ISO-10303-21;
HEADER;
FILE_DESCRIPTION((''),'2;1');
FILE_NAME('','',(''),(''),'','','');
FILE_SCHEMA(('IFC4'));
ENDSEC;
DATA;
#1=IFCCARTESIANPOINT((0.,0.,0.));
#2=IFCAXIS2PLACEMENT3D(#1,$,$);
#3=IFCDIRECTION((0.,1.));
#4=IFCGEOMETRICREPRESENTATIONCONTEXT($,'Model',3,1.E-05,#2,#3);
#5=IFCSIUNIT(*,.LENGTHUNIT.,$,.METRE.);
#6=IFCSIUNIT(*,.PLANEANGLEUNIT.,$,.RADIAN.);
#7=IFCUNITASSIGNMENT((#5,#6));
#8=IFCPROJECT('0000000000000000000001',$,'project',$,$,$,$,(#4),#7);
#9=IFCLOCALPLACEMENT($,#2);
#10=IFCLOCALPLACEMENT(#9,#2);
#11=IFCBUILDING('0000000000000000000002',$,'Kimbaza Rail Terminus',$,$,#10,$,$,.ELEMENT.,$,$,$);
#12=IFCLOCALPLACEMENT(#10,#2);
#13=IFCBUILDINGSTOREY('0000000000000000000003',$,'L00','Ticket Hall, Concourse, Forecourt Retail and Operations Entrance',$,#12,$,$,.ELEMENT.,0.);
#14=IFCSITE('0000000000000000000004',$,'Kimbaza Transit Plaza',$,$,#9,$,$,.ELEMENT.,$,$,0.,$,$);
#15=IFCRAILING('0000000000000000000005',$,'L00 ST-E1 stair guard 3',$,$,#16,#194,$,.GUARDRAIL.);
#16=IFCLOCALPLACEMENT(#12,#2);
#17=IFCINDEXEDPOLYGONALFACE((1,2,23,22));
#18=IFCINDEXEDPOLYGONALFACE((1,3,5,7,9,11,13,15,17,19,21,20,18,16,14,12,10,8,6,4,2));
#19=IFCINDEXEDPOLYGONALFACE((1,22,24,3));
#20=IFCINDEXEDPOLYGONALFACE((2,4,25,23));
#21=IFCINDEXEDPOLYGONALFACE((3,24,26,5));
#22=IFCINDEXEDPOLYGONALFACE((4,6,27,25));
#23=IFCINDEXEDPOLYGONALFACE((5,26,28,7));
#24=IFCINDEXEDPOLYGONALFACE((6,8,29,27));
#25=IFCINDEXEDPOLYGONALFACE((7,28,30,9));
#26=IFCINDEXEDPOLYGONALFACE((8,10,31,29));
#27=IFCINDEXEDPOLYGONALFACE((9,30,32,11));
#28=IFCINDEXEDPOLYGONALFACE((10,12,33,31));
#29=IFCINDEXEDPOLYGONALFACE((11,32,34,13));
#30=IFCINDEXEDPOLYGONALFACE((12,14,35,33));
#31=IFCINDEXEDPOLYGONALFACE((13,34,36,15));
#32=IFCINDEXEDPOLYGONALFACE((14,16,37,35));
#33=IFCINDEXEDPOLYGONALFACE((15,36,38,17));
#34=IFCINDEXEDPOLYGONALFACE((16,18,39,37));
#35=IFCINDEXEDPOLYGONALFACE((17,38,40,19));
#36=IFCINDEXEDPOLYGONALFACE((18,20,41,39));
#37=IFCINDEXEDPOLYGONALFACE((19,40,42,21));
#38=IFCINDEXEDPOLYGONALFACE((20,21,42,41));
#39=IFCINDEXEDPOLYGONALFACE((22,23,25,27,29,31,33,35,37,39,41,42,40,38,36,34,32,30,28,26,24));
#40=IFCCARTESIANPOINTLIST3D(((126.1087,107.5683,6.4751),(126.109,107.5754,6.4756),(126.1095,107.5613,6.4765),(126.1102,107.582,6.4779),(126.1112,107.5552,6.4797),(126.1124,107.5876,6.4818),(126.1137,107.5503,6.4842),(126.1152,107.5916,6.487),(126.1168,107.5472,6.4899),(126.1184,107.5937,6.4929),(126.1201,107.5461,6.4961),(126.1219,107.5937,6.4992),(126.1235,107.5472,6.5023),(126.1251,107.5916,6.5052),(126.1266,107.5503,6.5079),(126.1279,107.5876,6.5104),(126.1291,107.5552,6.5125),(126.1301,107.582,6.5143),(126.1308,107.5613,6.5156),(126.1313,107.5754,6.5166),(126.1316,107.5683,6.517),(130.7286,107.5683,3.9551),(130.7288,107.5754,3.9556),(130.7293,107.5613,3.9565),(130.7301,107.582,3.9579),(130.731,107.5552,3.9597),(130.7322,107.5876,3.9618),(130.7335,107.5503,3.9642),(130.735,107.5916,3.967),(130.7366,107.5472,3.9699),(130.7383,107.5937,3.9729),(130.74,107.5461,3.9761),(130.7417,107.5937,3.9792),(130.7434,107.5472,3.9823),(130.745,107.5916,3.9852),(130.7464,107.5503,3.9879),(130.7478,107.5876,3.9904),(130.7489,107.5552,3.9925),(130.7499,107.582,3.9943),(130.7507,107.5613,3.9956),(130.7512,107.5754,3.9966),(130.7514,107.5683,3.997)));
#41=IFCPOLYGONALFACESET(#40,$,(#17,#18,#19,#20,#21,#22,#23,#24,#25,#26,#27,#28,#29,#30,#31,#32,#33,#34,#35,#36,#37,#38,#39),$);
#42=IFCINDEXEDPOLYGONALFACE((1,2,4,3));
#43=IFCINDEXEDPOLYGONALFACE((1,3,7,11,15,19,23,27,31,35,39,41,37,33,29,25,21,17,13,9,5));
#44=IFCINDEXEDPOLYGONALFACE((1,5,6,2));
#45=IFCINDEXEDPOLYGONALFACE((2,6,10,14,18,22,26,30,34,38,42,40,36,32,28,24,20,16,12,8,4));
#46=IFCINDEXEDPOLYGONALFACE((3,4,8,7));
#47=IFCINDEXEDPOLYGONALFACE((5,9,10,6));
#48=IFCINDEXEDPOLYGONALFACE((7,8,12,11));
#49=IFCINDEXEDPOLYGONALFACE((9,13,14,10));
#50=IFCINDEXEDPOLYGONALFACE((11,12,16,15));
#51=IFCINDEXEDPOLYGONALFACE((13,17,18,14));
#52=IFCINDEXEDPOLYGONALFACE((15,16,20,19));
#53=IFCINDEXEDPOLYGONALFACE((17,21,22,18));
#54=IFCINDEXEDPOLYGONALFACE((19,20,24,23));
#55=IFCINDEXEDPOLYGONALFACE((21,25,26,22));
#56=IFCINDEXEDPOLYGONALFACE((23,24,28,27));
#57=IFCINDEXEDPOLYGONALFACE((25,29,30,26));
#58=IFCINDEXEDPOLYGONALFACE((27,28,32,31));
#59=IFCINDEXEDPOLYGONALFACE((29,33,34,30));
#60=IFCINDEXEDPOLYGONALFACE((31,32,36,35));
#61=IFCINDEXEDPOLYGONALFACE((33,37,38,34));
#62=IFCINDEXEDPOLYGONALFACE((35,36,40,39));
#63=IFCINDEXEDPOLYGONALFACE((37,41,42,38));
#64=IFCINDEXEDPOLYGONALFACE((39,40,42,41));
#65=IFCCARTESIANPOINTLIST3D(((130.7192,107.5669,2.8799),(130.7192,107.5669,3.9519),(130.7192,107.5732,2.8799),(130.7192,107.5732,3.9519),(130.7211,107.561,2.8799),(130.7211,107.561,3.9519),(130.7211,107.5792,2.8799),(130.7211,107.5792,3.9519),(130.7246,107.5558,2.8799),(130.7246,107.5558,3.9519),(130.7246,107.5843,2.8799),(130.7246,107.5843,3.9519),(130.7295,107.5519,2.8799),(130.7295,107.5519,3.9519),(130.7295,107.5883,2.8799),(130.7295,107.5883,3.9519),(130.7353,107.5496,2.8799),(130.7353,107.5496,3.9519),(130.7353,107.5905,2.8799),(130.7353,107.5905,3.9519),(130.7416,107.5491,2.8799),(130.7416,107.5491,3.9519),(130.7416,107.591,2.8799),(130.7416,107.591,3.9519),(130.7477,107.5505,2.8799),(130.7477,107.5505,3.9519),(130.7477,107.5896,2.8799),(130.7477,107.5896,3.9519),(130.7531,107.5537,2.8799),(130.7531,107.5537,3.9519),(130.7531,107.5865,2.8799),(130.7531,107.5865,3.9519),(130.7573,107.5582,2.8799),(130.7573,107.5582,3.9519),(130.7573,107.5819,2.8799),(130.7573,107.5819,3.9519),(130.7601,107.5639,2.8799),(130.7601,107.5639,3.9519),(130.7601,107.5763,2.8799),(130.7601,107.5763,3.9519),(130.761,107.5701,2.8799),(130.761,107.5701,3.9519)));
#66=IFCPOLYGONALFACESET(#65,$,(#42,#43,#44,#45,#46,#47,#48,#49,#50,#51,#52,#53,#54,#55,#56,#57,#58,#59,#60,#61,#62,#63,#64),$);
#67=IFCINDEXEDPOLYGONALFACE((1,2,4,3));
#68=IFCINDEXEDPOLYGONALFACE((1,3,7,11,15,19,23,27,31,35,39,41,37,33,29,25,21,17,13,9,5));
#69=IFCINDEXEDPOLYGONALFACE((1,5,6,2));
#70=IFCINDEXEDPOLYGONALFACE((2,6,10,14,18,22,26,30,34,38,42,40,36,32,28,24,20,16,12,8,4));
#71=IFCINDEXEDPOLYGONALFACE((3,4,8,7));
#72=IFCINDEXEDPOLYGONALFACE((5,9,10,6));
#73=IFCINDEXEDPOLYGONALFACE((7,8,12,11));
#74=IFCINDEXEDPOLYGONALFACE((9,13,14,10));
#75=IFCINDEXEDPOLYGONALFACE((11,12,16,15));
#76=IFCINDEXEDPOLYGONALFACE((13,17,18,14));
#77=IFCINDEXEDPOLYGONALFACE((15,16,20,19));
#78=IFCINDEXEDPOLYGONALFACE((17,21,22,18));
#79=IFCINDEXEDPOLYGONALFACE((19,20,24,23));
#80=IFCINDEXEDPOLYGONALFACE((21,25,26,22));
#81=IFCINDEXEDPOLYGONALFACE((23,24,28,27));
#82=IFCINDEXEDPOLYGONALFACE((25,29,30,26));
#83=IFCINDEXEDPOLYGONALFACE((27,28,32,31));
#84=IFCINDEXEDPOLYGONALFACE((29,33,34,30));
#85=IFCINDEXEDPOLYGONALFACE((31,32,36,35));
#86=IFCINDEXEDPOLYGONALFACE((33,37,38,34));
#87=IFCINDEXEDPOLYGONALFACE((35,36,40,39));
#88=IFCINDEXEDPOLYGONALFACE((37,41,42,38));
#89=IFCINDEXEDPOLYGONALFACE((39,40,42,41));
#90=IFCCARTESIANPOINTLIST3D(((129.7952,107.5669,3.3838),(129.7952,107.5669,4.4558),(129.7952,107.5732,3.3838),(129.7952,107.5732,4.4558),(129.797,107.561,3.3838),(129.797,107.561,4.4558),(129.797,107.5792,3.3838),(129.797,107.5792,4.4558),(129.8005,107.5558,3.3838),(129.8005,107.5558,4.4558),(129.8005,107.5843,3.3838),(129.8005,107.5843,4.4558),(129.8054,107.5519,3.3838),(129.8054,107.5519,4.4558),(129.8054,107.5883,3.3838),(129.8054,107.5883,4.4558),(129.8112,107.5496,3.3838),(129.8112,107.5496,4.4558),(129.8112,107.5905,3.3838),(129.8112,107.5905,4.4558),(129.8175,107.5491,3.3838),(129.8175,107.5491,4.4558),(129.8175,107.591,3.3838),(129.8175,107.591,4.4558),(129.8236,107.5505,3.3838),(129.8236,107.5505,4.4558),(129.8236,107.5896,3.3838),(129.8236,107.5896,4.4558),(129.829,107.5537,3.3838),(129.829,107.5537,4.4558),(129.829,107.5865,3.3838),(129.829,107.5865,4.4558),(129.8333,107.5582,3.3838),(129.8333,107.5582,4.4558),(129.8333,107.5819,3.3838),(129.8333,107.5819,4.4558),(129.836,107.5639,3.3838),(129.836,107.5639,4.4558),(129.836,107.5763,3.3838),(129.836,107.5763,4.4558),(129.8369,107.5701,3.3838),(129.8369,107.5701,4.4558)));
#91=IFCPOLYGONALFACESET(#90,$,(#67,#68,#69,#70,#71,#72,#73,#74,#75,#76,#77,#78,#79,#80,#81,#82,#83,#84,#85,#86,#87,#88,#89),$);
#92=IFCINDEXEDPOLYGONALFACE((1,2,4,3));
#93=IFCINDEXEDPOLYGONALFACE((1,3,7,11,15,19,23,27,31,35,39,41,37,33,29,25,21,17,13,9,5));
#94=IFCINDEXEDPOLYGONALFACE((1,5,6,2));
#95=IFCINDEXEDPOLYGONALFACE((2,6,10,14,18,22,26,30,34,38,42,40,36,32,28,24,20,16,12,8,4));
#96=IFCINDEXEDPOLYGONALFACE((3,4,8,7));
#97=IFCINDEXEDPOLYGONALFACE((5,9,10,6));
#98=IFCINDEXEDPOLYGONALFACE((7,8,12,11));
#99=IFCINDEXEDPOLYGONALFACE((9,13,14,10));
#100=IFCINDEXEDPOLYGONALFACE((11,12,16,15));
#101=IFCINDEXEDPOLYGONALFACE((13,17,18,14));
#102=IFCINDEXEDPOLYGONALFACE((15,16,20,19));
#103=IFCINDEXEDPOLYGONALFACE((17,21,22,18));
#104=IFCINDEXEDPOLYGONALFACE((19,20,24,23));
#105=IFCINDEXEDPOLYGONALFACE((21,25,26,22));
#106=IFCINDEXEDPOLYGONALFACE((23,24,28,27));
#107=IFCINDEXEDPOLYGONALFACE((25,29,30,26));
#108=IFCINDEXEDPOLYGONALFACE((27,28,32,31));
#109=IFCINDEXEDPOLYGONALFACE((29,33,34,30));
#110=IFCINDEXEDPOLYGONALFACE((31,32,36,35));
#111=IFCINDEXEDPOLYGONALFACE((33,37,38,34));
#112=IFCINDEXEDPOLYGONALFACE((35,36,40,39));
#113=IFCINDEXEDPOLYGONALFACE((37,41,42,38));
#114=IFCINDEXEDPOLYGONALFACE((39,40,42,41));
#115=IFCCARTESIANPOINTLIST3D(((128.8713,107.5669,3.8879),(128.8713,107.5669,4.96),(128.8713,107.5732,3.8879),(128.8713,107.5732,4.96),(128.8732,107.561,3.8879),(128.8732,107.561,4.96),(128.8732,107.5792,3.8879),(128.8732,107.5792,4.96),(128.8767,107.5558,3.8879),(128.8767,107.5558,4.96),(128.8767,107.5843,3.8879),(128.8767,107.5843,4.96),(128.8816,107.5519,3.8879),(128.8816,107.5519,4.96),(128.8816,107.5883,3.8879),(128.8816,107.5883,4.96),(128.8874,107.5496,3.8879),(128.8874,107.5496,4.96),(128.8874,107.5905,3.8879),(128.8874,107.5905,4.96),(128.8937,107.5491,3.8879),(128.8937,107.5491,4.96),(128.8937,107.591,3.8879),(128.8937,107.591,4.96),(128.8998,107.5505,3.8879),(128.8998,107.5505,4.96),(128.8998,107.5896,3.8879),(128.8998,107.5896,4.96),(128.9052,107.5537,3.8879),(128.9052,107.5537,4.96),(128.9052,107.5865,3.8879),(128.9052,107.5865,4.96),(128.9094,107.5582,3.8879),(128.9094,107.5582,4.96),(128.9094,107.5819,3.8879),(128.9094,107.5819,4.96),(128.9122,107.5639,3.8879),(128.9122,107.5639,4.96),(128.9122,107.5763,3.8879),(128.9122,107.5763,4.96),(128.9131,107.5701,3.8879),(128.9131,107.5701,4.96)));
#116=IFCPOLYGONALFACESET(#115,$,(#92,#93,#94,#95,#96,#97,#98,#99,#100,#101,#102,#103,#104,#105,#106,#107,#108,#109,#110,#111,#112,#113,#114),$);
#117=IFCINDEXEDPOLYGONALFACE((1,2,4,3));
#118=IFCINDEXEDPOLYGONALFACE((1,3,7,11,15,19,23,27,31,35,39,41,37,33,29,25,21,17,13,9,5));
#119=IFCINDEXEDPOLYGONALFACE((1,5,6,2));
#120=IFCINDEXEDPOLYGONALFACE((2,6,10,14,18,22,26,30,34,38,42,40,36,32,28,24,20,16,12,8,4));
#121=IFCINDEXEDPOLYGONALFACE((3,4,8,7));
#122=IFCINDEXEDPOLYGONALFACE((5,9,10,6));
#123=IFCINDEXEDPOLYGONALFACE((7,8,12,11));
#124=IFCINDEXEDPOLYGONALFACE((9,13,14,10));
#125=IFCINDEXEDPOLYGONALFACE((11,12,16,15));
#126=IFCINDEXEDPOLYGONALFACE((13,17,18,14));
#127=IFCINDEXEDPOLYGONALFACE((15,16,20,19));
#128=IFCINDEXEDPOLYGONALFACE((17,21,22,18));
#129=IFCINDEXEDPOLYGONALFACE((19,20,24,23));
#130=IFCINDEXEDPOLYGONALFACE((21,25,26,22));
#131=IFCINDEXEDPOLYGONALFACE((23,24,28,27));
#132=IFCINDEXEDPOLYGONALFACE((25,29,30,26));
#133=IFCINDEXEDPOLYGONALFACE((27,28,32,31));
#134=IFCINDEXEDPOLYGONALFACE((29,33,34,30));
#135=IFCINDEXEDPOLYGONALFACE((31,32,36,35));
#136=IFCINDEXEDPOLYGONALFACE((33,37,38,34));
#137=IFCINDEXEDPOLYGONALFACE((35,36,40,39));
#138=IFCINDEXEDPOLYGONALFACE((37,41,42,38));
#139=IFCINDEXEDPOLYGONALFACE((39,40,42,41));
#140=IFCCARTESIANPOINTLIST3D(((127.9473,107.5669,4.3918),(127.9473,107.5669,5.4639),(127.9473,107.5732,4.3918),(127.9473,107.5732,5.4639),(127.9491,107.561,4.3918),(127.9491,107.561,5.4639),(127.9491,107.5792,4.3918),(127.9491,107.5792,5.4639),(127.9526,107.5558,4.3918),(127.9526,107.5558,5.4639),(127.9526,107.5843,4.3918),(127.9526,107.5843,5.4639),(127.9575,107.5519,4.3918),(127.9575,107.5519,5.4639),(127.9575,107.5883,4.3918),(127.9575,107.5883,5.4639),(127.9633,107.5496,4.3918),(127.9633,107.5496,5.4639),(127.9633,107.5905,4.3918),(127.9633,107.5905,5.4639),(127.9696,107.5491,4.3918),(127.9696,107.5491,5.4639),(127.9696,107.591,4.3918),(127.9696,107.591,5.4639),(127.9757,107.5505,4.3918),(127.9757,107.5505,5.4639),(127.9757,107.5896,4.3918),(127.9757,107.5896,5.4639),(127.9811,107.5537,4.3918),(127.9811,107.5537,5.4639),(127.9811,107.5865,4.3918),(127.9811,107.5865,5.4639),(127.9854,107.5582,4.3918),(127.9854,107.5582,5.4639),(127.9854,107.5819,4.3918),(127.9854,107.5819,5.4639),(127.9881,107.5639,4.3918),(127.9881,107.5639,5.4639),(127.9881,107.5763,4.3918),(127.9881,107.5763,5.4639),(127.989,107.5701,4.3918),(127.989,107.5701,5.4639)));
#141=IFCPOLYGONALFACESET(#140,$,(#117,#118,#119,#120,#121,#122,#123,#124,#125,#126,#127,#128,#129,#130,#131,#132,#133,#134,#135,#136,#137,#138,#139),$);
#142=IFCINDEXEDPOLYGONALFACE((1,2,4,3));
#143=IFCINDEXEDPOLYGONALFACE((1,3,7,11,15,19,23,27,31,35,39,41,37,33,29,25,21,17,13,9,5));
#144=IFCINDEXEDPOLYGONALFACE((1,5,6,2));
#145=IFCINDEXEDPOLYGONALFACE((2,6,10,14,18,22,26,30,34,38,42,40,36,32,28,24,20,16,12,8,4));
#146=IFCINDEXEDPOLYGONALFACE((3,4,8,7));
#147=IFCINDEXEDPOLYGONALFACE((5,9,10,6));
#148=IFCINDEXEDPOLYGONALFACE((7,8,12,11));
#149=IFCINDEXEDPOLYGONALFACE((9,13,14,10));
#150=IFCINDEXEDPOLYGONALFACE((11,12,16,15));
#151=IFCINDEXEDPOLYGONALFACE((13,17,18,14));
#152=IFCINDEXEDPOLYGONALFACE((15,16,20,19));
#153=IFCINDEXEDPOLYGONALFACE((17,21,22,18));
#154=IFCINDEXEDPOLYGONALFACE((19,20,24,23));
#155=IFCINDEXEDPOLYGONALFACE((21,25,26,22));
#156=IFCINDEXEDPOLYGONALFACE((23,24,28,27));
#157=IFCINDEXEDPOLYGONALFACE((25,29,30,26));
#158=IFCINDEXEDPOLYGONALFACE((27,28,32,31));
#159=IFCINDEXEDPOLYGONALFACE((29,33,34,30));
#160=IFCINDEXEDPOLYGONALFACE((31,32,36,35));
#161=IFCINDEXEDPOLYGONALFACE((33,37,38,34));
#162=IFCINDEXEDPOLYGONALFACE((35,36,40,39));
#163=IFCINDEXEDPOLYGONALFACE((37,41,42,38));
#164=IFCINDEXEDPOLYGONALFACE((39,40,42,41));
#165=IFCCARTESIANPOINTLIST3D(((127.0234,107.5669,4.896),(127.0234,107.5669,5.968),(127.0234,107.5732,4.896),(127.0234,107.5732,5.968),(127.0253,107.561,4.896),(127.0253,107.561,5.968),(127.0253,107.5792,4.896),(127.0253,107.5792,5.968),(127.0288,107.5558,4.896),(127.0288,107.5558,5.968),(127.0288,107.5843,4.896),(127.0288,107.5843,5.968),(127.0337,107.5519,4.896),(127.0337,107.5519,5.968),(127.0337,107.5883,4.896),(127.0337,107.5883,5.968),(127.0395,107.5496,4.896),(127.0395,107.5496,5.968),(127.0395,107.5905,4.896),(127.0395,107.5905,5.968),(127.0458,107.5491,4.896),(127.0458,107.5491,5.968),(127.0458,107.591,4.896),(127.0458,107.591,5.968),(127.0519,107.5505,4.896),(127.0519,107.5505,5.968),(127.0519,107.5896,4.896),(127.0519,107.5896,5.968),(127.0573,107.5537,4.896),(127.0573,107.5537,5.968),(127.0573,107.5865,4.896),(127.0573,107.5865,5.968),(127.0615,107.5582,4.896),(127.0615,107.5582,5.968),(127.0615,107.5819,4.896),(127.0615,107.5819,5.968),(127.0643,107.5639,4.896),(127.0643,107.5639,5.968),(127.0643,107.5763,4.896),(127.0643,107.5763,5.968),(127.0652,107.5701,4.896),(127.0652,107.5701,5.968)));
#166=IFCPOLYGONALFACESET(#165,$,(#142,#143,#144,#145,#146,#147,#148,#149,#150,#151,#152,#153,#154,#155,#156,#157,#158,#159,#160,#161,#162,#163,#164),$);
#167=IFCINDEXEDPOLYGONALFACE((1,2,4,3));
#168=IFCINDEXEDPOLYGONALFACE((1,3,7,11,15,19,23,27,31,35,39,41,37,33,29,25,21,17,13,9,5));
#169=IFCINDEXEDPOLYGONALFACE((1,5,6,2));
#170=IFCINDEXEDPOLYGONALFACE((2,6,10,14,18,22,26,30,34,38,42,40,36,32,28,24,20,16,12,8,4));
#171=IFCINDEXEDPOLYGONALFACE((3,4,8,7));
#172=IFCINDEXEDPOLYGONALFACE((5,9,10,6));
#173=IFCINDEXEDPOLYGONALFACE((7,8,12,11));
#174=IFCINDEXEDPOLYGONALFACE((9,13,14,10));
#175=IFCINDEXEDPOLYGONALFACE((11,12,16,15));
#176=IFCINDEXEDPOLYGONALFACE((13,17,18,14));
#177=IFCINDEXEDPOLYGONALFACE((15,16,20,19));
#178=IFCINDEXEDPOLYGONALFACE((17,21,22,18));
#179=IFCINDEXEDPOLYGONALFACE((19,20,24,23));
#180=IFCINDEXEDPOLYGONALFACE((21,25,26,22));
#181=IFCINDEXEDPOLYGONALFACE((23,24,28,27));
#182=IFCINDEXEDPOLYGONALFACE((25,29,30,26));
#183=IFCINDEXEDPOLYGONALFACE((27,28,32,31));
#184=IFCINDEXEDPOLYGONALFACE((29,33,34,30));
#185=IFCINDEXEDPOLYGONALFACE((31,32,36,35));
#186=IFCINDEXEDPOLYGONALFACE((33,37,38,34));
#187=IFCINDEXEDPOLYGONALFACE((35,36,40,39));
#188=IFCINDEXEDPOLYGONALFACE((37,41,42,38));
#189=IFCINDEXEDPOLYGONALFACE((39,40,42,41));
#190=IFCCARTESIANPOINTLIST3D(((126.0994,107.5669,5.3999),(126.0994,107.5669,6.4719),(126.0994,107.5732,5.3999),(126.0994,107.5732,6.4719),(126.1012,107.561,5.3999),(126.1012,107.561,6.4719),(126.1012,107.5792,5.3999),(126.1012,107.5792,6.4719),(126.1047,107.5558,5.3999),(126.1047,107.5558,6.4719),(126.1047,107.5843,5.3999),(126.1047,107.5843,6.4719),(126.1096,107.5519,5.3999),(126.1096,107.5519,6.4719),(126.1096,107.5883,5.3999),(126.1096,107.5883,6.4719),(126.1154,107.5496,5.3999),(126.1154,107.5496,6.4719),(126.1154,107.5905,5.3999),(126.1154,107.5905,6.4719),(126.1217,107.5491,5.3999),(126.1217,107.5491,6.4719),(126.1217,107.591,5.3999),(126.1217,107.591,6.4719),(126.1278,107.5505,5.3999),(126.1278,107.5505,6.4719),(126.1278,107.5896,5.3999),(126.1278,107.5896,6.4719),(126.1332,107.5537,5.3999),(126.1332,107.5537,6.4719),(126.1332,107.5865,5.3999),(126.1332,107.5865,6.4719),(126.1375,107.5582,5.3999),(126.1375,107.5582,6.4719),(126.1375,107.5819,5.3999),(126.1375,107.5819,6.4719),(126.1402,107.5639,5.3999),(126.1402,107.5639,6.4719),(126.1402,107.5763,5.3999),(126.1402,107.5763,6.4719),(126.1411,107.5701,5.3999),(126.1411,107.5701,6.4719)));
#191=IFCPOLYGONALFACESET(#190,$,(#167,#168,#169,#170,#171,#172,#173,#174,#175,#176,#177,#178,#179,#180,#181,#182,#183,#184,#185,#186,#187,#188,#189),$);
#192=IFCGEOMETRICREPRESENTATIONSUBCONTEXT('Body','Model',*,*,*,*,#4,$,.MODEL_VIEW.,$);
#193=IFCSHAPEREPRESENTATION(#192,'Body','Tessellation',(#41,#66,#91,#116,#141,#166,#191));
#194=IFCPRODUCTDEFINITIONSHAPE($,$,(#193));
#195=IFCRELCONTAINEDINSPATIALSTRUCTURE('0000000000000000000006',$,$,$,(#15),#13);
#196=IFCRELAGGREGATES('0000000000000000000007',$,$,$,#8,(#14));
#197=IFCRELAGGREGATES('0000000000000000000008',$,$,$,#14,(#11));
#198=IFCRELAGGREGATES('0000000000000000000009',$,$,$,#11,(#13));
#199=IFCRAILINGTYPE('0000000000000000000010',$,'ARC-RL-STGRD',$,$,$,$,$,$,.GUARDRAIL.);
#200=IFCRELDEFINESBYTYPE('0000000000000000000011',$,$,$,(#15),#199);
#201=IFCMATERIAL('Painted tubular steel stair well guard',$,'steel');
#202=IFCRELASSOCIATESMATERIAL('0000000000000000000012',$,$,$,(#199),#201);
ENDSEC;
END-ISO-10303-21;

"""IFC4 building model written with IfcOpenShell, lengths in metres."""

from ifc_helpers import new_model, si_unit, direction, frame, origin, origin_2d, place, context, subcontext, project, spatial, circle, extrude, material, type_object, element, save


model = new_model("IFC4")

# Units and contexts
model_context = context("Model", 3, precision=1e-05, world=origin(), true_north=direction((0.0, 1.0)))
body_context = subcontext(model_context, "Body", "Model", "MODEL_VIEW")
ifc_project = project(units=[si_unit("LENGTHUNIT", "METRE"), si_unit("PLANEANGLEUNIT", "RADIAN")], contexts=[model_context])

# Site, building, storey
site_placement = place(None, origin())
site = spatial("IfcSite", under=ifc_project, at=site_placement, Name="Kimbaza Transit Plaza", CompositionType="ELEMENT", RefElevation=0.0)
building_placement = place(site_placement, origin())
building = spatial("IfcBuilding", under=site, at=building_placement, Name="Kimbaza Rail Terminus", CompositionType="ELEMENT")
storey_placement = place(building_placement, origin())
storey = spatial("IfcBuildingStorey", under=building, at=storey_placement, Name="L00", Description="Ticket Hall, Concourse, Forecourt Retail and Operations Entrance", CompositionType="ELEMENT", Elevation=0.0)

# Railing
ifc_material_1 = material(Name="Painted tubular steel stair well guard", Category="steel")
railing_type_1 = type_object("IfcRailingType", Name="ARC-RL-STGRD", PredefinedType="GUARDRAIL", material=ifc_material_1)
railing_1_placement = place(storey_placement, frame((130.74, 107.5701, 2.8799)))
element("IfcRailing", 1, at=railing_1_placement, inside=storey, type_object=railing_type_1, Name="L00 ST-E1 stair guard 3", PredefinedType="GUARDRAIL", context=body_context, shape_type="SweptSolid", body=[
    extrude(circle(Radius=0.0239, at=origin_2d()), frame((0.0, 0.0, 1.0962), z_axis=(-0.877888, 0.0, 0.478865), x_axis=(0.0, -1.0, 0.0)), (0.0, 0.0, 1.0), 5.2625),
    extrude(circle(Radius=0.021, at=origin_2d()), origin(), (0.0, 0.0, 1.0), 1.072),
    extrude(circle(Radius=0.021, at=origin_2d()), frame((-0.9241, 0.0, 0.5039)), (0.0, 0.0, 1.0), 1.072),
    extrude(circle(Radius=0.021, at=origin_2d()), frame((-1.8479, 0.0, 1.0081)), (0.0, 0.0, 1.0), 1.072),
    extrude(circle(Radius=0.021, at=origin_2d()), frame((-2.772, 0.0, 1.512)), (0.0, 0.0, 1.0), 1.072),
    extrude(circle(Radius=0.021, at=origin_2d()), frame((-3.6958, 0.0, 2.0161)), (0.0, 0.0, 1.0), 1.072),
    extrude(circle(Radius=0.021, at=origin_2d()), frame((-4.6199, 0.0, 2.52)), (0.0, 0.0, 1.0), 1.072),
])

save(model, "model.ifc")
